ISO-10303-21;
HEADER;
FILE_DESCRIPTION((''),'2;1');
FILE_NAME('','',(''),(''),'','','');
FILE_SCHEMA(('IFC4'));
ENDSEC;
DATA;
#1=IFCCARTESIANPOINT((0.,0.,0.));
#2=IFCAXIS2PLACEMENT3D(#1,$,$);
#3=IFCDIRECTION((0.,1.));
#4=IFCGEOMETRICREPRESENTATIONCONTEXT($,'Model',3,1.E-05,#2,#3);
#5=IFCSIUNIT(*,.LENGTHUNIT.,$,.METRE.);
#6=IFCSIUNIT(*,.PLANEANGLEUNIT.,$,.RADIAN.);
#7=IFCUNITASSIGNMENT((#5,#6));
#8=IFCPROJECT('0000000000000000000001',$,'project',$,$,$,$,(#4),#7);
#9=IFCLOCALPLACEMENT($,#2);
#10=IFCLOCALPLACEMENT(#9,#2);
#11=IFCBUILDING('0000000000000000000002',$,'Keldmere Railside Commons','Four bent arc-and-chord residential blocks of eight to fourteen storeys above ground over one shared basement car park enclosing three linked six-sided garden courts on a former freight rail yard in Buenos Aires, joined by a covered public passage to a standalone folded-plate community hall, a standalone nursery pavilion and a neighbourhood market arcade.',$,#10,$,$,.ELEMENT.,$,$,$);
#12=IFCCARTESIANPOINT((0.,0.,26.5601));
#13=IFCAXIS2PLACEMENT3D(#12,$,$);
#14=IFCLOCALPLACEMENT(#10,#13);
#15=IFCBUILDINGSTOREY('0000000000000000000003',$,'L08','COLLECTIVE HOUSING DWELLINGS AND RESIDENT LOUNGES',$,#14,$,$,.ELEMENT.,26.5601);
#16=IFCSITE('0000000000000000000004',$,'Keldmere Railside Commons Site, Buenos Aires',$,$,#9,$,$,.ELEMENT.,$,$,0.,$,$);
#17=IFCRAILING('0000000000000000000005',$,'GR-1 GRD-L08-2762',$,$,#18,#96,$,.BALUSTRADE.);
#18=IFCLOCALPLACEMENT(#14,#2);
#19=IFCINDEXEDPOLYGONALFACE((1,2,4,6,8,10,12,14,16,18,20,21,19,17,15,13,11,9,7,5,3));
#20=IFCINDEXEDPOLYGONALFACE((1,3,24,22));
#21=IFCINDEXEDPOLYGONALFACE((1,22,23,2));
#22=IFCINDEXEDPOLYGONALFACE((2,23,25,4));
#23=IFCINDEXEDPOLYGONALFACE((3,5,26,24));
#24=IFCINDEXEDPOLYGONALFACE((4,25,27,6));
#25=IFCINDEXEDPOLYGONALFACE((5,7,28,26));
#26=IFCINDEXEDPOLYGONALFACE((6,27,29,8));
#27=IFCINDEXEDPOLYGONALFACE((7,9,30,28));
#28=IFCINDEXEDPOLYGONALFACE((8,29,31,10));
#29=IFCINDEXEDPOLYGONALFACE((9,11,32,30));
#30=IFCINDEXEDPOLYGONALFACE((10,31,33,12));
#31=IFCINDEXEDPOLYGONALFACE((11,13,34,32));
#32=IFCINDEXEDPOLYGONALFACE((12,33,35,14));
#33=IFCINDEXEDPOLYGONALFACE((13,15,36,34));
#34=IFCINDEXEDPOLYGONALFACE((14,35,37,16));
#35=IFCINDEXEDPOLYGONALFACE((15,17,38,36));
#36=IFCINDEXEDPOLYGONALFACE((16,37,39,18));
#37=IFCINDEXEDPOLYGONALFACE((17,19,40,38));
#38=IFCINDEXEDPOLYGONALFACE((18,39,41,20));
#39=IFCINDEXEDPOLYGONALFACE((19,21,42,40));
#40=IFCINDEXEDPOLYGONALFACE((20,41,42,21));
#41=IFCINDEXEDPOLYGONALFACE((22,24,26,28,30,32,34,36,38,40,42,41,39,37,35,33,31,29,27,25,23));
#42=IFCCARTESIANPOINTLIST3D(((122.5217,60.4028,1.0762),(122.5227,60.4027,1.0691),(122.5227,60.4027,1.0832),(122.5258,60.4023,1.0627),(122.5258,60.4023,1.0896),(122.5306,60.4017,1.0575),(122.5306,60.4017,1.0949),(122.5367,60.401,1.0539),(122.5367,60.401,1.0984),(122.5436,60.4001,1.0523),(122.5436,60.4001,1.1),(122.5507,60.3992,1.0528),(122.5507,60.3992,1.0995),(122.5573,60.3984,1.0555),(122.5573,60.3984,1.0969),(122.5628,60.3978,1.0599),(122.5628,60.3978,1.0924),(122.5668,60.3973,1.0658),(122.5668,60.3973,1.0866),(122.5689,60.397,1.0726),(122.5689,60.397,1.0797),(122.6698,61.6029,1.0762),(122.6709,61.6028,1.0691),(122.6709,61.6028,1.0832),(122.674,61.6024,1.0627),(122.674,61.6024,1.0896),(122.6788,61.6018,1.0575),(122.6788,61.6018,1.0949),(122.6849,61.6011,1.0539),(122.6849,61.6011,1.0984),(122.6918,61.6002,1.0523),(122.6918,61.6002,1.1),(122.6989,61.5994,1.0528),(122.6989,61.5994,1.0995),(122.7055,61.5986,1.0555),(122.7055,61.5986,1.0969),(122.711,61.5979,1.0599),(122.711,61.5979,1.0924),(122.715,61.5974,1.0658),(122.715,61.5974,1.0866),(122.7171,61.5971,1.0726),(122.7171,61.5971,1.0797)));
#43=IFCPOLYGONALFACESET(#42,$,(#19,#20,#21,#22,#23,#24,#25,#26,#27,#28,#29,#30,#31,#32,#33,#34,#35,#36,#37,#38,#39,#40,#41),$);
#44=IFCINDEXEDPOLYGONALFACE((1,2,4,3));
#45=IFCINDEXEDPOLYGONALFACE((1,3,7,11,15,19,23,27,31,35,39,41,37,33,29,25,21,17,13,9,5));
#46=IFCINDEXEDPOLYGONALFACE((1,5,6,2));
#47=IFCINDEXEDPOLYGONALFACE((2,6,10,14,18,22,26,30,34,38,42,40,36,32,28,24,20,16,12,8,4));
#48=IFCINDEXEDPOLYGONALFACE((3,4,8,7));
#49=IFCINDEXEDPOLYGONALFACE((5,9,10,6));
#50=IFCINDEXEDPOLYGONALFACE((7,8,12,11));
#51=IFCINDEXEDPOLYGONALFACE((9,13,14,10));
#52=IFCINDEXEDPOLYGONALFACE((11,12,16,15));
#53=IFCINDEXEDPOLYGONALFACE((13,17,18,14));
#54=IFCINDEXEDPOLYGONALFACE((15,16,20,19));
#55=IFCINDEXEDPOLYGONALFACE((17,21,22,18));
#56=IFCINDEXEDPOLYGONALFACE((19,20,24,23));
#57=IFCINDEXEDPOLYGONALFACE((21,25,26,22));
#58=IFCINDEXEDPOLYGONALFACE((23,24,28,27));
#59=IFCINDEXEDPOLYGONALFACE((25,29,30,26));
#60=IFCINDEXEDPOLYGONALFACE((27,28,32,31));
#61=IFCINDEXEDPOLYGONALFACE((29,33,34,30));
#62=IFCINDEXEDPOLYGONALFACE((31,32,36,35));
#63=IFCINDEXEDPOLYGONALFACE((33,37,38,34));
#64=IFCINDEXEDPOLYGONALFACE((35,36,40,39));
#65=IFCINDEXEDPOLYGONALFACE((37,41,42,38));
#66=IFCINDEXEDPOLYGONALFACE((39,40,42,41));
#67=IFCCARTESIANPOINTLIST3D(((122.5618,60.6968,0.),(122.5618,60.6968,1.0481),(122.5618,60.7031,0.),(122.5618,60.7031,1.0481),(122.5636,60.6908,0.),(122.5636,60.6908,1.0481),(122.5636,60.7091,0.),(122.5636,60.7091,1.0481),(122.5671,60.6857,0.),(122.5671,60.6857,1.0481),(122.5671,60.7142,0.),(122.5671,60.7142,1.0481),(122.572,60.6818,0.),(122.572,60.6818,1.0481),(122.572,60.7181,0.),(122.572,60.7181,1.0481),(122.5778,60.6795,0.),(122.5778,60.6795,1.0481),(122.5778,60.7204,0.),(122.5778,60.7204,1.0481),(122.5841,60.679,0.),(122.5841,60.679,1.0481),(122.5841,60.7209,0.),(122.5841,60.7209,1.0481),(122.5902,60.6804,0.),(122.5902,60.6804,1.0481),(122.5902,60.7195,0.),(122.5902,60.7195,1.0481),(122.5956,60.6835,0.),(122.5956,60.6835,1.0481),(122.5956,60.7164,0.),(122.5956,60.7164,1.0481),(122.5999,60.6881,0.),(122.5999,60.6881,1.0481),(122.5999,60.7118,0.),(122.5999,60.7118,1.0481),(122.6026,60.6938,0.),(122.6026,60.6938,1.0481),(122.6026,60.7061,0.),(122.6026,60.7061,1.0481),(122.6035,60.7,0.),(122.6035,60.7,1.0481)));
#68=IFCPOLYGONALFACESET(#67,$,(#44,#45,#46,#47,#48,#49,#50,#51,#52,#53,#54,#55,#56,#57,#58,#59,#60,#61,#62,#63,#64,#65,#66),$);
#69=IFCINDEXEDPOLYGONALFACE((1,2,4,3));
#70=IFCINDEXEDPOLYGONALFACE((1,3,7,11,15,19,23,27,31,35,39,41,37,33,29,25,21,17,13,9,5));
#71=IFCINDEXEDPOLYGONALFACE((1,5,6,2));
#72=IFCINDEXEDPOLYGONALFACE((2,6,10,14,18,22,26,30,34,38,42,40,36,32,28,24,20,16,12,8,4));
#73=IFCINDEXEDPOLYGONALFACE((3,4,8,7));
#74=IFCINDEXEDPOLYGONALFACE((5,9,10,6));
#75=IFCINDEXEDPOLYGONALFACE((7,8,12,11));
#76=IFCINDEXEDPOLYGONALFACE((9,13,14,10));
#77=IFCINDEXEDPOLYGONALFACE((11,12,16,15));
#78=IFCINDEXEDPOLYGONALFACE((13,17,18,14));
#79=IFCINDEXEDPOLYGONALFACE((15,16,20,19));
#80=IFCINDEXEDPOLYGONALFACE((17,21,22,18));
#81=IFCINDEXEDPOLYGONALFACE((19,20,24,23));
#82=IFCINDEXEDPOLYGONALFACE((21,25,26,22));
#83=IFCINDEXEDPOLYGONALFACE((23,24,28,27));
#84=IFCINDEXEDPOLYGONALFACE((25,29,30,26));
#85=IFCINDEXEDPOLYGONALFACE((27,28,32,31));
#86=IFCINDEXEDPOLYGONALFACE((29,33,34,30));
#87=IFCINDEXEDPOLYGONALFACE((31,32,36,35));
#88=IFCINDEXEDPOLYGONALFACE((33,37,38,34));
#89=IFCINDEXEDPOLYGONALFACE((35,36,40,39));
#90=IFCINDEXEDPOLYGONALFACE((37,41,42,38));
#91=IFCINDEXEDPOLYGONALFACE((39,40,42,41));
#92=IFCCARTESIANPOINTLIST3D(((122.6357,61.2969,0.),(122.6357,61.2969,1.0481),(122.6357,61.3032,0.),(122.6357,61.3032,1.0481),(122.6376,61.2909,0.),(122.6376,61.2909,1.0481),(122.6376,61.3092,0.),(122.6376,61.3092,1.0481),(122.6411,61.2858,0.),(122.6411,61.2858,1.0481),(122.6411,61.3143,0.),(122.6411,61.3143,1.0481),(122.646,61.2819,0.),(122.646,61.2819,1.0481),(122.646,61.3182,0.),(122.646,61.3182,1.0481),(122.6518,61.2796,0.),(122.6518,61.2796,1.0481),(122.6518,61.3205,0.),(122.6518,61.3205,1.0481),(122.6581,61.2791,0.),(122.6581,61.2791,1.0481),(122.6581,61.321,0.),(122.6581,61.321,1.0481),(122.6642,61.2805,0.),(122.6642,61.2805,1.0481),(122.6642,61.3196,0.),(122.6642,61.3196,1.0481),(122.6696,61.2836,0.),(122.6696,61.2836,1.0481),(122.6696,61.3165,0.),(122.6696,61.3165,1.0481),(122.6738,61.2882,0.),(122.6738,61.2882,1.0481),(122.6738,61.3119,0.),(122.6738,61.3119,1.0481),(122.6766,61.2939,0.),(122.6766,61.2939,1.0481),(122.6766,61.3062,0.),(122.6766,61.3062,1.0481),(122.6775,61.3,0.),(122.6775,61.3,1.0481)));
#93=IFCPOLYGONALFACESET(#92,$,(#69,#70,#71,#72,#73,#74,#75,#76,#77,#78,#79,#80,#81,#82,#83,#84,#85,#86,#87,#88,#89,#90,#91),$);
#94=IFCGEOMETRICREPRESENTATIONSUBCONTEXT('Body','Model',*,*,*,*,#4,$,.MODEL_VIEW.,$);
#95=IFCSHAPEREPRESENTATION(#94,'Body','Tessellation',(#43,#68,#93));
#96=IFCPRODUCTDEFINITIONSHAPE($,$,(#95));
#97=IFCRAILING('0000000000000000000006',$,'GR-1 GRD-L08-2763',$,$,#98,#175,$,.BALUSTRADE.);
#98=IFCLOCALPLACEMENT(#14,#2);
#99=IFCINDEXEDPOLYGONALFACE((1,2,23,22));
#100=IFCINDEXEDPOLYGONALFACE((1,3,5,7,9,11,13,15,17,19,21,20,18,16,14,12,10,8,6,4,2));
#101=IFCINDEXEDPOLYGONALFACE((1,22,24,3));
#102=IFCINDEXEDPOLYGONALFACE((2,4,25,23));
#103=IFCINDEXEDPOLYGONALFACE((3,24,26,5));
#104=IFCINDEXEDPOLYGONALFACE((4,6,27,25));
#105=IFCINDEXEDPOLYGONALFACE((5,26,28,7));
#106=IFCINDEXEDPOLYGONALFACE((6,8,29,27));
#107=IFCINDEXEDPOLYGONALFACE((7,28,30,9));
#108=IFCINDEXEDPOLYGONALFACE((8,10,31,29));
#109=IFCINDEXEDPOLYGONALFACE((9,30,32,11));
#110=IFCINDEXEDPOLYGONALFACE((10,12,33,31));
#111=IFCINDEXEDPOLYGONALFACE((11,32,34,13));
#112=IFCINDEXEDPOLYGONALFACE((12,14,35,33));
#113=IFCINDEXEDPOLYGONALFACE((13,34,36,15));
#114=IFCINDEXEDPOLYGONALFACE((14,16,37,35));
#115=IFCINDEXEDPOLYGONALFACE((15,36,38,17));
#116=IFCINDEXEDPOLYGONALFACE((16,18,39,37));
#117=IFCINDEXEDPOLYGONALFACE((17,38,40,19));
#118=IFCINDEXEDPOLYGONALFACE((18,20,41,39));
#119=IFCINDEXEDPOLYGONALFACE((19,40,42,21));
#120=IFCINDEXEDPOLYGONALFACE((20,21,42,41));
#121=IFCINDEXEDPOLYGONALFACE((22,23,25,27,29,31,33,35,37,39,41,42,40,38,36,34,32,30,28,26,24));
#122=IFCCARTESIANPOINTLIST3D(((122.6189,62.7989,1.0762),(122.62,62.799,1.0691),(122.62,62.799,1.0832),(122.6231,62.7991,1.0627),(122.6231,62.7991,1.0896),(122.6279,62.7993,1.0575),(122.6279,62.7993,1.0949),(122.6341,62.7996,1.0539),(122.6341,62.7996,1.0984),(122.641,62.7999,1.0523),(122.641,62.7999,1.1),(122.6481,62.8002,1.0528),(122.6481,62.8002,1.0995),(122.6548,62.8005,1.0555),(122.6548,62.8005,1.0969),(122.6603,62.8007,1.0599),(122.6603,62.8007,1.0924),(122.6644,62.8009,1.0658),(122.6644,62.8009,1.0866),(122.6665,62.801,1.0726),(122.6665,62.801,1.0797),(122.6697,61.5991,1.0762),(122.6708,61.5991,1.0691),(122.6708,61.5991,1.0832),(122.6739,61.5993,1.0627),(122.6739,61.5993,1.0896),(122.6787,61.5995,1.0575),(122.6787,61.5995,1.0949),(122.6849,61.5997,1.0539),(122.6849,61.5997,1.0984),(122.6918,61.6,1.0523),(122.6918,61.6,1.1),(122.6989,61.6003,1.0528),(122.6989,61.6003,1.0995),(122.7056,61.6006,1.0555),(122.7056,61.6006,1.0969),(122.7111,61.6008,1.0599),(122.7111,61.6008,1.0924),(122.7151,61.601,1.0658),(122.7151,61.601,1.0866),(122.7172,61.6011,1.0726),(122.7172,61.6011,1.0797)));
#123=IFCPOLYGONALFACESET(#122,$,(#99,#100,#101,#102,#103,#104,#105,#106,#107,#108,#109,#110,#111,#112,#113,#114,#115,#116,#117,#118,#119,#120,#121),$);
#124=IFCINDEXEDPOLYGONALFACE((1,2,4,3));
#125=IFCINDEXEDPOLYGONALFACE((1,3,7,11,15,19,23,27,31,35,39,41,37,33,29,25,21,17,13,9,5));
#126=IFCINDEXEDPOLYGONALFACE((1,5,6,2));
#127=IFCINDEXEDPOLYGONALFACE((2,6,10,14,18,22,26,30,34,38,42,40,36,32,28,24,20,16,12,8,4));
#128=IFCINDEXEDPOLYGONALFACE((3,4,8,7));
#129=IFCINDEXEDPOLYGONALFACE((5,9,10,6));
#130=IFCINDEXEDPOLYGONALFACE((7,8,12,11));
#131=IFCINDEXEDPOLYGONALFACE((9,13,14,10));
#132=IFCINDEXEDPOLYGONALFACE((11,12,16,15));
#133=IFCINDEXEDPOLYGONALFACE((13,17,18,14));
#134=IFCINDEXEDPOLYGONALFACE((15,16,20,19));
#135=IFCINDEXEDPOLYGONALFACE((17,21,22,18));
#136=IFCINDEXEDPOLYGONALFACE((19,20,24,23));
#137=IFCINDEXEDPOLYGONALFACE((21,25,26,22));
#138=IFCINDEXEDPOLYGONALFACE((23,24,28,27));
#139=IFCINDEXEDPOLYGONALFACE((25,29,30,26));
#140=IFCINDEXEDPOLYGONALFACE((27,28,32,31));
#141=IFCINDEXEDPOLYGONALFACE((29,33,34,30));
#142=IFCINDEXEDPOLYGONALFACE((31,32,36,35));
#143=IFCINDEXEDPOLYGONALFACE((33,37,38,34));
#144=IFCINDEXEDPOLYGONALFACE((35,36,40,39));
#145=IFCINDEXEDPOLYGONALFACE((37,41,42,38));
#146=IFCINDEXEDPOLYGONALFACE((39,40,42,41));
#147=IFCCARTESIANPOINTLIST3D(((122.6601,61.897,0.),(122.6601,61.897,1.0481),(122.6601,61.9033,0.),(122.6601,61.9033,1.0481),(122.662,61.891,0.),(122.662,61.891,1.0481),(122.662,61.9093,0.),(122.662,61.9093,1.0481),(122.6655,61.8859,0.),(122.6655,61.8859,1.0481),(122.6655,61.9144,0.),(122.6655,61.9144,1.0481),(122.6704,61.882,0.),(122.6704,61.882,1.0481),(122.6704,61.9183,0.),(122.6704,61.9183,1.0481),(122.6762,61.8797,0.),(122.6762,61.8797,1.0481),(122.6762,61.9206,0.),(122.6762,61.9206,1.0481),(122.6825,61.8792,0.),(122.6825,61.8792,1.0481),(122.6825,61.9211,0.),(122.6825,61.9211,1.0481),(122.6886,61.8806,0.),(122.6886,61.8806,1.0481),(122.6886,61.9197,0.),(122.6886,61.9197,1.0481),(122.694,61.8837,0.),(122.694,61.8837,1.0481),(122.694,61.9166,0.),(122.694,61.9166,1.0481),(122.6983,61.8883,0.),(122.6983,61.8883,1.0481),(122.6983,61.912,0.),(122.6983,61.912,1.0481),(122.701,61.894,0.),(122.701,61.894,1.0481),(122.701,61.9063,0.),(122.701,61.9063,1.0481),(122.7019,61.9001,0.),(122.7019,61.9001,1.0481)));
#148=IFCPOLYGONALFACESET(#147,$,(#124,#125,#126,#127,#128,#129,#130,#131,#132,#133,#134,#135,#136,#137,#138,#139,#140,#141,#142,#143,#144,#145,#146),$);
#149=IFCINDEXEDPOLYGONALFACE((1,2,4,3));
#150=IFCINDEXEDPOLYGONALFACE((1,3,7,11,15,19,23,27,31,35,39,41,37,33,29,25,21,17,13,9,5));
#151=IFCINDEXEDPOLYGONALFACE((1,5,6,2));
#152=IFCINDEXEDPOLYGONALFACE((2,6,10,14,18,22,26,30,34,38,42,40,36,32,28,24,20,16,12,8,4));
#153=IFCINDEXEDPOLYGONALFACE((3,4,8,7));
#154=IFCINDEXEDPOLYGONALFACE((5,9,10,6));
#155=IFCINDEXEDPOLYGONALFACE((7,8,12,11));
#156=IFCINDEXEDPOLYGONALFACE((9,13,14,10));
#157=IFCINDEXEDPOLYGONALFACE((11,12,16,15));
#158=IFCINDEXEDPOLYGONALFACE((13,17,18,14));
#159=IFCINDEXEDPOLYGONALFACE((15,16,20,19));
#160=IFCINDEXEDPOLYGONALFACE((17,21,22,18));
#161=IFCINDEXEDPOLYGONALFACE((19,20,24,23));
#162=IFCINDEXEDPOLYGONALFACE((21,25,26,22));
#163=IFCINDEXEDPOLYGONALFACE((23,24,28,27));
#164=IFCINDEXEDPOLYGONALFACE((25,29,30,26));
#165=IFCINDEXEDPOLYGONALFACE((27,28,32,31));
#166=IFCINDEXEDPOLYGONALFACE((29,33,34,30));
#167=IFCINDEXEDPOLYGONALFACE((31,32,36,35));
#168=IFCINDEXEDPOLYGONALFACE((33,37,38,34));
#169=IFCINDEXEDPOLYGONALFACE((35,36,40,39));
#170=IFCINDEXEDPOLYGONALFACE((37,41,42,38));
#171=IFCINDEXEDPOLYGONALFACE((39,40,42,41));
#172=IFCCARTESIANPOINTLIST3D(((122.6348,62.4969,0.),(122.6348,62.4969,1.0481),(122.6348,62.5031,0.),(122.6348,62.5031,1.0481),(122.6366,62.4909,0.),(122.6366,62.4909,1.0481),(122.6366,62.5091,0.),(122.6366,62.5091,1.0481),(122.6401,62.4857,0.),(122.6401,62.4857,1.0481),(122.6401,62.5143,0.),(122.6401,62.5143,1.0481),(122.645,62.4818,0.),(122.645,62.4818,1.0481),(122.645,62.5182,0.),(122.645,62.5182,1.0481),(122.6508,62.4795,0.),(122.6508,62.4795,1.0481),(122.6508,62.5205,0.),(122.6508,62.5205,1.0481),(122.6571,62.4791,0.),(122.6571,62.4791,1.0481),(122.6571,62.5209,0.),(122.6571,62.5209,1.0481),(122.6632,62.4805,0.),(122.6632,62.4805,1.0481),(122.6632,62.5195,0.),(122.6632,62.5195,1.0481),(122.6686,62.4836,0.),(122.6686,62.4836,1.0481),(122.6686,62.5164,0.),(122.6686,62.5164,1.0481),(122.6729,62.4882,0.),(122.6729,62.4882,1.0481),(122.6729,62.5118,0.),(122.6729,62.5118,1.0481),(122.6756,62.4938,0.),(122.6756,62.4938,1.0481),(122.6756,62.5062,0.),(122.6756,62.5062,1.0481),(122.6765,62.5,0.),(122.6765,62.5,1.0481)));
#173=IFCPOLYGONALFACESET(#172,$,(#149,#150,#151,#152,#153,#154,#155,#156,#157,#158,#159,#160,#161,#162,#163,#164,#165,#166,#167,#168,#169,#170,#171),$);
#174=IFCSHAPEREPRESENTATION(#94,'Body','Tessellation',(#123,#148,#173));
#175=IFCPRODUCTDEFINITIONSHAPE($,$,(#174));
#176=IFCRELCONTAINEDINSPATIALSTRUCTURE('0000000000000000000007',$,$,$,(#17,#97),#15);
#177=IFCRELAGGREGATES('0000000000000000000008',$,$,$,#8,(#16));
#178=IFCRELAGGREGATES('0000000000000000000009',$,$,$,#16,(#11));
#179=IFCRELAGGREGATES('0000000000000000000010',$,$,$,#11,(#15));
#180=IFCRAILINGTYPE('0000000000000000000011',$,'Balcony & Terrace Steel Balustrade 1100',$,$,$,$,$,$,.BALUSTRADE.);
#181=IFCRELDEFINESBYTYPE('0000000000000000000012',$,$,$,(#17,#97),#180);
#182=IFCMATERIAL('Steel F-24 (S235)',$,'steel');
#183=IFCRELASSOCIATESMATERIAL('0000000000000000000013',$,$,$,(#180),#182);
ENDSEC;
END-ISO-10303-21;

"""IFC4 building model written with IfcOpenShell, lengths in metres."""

from ifc_helpers import new_model, si_unit, direction, frame, origin, origin_2d, place, context, subcontext, project, spatial, circle, extrude, material, type_object, element, save


model = new_model("IFC4")

# Units and contexts
model_context = context("Model", 3, precision=1e-05, world=origin(), true_north=direction((0.0, 1.0)))
body_context = subcontext(model_context, "Body", "Model", "MODEL_VIEW")
ifc_project = project(units=[si_unit("LENGTHUNIT", "METRE"), si_unit("PLANEANGLEUNIT", "RADIAN")], contexts=[model_context])

# Site, building, storey
site_placement = place(None, origin())
site = spatial("IfcSite", under=ifc_project, at=site_placement, Name="Keldmere Railside Commons Site, Buenos Aires", CompositionType="ELEMENT", RefElevation=0.0)
building_placement = place(site_placement, origin())
building = spatial("IfcBuilding", under=site, at=building_placement, Name="Keldmere Railside Commons", Description="Four bent arc-and-chord residential blocks of eight to fourteen storeys above ground over one shared basement car park enclosing three linked six-sided garden courts on a former freight rail yard in Buenos Aires, joined by a covered public passage to a standalone folded-plate community hall, a standalone nursery pavilion and a neighbourhood market arcade.", CompositionType="ELEMENT")
storey_placement = place(building_placement, frame((0.0, 0.0, 26.5601)))
storey = spatial("IfcBuildingStorey", under=building, at=storey_placement, Name="L08", Description="COLLECTIVE HOUSING DWELLINGS AND RESIDENT LOUNGES", CompositionType="ELEMENT", Elevation=26.5601)

# Railings
ifc_material_1 = material(Name="Steel F-24 (S235)", Category="steel")
railing_type = type_object("IfcRailingType", Name="Balcony & Terrace Steel Balustrade 1100", PredefinedType="BALUSTRADE", material=ifc_material_1)
railing_1_placement = place(storey_placement, frame((122.5454, 60.3999, 0.0)))
element("IfcRailing", 1, at=railing_1_placement, inside=storey, type_object=railing_type, Name="GR-1 GRD-L08-2762", PredefinedType="BALUSTRADE", context=body_context, shape_type="SweptSolid", body=[
    extrude(circle(Radius=0.0239, at=origin_2d()), frame((0.0, 0.0, 1.0762), z_axis=(0.122544, 0.992463, 0.0), x_axis=(-0.992463, 0.122544, 0.0)), (0.0, 0.0, 1.0), 1.2092),
    extrude(circle(Radius=0.021, at=origin_2d()), frame((0.0371, 0.3, 0.0)), (0.0, 0.0, 1.0), 1.0481),
    extrude(circle(Radius=0.021, at=origin_2d()), frame((0.1111, 0.9001, 0.0)), (0.0, 0.0, 1.0), 1.0481),
])
railing_2_placement = place(storey_placement, frame((122.6936, 61.6001, 0.0)))
element("IfcRailing", 2, at=railing_2_placement, inside=storey, type_object=railing_type, Name="GR-1 GRD-L08-2763", PredefinedType="BALUSTRADE", context=body_context, shape_type="SweptSolid", body=[
    extrude(circle(Radius=0.0239, at=origin_2d()), frame((0.0, 0.0, 1.0762), z_axis=(-0.042282, 0.999106, 0.0), x_axis=(-0.999106, -0.042282, 0.0)), (0.0, 0.0, 1.0), 1.2009),
    extrude(circle(Radius=0.021, at=origin_2d()), frame((-0.0127, 0.3, 0.0)), (0.0, 0.0, 1.0), 1.0481),
    extrude(circle(Radius=0.021, at=origin_2d()), frame((-0.0381, 0.8999, 0.0)), (0.0, 0.0, 1.0), 1.0481),
])

save(model, "model.ifc")
